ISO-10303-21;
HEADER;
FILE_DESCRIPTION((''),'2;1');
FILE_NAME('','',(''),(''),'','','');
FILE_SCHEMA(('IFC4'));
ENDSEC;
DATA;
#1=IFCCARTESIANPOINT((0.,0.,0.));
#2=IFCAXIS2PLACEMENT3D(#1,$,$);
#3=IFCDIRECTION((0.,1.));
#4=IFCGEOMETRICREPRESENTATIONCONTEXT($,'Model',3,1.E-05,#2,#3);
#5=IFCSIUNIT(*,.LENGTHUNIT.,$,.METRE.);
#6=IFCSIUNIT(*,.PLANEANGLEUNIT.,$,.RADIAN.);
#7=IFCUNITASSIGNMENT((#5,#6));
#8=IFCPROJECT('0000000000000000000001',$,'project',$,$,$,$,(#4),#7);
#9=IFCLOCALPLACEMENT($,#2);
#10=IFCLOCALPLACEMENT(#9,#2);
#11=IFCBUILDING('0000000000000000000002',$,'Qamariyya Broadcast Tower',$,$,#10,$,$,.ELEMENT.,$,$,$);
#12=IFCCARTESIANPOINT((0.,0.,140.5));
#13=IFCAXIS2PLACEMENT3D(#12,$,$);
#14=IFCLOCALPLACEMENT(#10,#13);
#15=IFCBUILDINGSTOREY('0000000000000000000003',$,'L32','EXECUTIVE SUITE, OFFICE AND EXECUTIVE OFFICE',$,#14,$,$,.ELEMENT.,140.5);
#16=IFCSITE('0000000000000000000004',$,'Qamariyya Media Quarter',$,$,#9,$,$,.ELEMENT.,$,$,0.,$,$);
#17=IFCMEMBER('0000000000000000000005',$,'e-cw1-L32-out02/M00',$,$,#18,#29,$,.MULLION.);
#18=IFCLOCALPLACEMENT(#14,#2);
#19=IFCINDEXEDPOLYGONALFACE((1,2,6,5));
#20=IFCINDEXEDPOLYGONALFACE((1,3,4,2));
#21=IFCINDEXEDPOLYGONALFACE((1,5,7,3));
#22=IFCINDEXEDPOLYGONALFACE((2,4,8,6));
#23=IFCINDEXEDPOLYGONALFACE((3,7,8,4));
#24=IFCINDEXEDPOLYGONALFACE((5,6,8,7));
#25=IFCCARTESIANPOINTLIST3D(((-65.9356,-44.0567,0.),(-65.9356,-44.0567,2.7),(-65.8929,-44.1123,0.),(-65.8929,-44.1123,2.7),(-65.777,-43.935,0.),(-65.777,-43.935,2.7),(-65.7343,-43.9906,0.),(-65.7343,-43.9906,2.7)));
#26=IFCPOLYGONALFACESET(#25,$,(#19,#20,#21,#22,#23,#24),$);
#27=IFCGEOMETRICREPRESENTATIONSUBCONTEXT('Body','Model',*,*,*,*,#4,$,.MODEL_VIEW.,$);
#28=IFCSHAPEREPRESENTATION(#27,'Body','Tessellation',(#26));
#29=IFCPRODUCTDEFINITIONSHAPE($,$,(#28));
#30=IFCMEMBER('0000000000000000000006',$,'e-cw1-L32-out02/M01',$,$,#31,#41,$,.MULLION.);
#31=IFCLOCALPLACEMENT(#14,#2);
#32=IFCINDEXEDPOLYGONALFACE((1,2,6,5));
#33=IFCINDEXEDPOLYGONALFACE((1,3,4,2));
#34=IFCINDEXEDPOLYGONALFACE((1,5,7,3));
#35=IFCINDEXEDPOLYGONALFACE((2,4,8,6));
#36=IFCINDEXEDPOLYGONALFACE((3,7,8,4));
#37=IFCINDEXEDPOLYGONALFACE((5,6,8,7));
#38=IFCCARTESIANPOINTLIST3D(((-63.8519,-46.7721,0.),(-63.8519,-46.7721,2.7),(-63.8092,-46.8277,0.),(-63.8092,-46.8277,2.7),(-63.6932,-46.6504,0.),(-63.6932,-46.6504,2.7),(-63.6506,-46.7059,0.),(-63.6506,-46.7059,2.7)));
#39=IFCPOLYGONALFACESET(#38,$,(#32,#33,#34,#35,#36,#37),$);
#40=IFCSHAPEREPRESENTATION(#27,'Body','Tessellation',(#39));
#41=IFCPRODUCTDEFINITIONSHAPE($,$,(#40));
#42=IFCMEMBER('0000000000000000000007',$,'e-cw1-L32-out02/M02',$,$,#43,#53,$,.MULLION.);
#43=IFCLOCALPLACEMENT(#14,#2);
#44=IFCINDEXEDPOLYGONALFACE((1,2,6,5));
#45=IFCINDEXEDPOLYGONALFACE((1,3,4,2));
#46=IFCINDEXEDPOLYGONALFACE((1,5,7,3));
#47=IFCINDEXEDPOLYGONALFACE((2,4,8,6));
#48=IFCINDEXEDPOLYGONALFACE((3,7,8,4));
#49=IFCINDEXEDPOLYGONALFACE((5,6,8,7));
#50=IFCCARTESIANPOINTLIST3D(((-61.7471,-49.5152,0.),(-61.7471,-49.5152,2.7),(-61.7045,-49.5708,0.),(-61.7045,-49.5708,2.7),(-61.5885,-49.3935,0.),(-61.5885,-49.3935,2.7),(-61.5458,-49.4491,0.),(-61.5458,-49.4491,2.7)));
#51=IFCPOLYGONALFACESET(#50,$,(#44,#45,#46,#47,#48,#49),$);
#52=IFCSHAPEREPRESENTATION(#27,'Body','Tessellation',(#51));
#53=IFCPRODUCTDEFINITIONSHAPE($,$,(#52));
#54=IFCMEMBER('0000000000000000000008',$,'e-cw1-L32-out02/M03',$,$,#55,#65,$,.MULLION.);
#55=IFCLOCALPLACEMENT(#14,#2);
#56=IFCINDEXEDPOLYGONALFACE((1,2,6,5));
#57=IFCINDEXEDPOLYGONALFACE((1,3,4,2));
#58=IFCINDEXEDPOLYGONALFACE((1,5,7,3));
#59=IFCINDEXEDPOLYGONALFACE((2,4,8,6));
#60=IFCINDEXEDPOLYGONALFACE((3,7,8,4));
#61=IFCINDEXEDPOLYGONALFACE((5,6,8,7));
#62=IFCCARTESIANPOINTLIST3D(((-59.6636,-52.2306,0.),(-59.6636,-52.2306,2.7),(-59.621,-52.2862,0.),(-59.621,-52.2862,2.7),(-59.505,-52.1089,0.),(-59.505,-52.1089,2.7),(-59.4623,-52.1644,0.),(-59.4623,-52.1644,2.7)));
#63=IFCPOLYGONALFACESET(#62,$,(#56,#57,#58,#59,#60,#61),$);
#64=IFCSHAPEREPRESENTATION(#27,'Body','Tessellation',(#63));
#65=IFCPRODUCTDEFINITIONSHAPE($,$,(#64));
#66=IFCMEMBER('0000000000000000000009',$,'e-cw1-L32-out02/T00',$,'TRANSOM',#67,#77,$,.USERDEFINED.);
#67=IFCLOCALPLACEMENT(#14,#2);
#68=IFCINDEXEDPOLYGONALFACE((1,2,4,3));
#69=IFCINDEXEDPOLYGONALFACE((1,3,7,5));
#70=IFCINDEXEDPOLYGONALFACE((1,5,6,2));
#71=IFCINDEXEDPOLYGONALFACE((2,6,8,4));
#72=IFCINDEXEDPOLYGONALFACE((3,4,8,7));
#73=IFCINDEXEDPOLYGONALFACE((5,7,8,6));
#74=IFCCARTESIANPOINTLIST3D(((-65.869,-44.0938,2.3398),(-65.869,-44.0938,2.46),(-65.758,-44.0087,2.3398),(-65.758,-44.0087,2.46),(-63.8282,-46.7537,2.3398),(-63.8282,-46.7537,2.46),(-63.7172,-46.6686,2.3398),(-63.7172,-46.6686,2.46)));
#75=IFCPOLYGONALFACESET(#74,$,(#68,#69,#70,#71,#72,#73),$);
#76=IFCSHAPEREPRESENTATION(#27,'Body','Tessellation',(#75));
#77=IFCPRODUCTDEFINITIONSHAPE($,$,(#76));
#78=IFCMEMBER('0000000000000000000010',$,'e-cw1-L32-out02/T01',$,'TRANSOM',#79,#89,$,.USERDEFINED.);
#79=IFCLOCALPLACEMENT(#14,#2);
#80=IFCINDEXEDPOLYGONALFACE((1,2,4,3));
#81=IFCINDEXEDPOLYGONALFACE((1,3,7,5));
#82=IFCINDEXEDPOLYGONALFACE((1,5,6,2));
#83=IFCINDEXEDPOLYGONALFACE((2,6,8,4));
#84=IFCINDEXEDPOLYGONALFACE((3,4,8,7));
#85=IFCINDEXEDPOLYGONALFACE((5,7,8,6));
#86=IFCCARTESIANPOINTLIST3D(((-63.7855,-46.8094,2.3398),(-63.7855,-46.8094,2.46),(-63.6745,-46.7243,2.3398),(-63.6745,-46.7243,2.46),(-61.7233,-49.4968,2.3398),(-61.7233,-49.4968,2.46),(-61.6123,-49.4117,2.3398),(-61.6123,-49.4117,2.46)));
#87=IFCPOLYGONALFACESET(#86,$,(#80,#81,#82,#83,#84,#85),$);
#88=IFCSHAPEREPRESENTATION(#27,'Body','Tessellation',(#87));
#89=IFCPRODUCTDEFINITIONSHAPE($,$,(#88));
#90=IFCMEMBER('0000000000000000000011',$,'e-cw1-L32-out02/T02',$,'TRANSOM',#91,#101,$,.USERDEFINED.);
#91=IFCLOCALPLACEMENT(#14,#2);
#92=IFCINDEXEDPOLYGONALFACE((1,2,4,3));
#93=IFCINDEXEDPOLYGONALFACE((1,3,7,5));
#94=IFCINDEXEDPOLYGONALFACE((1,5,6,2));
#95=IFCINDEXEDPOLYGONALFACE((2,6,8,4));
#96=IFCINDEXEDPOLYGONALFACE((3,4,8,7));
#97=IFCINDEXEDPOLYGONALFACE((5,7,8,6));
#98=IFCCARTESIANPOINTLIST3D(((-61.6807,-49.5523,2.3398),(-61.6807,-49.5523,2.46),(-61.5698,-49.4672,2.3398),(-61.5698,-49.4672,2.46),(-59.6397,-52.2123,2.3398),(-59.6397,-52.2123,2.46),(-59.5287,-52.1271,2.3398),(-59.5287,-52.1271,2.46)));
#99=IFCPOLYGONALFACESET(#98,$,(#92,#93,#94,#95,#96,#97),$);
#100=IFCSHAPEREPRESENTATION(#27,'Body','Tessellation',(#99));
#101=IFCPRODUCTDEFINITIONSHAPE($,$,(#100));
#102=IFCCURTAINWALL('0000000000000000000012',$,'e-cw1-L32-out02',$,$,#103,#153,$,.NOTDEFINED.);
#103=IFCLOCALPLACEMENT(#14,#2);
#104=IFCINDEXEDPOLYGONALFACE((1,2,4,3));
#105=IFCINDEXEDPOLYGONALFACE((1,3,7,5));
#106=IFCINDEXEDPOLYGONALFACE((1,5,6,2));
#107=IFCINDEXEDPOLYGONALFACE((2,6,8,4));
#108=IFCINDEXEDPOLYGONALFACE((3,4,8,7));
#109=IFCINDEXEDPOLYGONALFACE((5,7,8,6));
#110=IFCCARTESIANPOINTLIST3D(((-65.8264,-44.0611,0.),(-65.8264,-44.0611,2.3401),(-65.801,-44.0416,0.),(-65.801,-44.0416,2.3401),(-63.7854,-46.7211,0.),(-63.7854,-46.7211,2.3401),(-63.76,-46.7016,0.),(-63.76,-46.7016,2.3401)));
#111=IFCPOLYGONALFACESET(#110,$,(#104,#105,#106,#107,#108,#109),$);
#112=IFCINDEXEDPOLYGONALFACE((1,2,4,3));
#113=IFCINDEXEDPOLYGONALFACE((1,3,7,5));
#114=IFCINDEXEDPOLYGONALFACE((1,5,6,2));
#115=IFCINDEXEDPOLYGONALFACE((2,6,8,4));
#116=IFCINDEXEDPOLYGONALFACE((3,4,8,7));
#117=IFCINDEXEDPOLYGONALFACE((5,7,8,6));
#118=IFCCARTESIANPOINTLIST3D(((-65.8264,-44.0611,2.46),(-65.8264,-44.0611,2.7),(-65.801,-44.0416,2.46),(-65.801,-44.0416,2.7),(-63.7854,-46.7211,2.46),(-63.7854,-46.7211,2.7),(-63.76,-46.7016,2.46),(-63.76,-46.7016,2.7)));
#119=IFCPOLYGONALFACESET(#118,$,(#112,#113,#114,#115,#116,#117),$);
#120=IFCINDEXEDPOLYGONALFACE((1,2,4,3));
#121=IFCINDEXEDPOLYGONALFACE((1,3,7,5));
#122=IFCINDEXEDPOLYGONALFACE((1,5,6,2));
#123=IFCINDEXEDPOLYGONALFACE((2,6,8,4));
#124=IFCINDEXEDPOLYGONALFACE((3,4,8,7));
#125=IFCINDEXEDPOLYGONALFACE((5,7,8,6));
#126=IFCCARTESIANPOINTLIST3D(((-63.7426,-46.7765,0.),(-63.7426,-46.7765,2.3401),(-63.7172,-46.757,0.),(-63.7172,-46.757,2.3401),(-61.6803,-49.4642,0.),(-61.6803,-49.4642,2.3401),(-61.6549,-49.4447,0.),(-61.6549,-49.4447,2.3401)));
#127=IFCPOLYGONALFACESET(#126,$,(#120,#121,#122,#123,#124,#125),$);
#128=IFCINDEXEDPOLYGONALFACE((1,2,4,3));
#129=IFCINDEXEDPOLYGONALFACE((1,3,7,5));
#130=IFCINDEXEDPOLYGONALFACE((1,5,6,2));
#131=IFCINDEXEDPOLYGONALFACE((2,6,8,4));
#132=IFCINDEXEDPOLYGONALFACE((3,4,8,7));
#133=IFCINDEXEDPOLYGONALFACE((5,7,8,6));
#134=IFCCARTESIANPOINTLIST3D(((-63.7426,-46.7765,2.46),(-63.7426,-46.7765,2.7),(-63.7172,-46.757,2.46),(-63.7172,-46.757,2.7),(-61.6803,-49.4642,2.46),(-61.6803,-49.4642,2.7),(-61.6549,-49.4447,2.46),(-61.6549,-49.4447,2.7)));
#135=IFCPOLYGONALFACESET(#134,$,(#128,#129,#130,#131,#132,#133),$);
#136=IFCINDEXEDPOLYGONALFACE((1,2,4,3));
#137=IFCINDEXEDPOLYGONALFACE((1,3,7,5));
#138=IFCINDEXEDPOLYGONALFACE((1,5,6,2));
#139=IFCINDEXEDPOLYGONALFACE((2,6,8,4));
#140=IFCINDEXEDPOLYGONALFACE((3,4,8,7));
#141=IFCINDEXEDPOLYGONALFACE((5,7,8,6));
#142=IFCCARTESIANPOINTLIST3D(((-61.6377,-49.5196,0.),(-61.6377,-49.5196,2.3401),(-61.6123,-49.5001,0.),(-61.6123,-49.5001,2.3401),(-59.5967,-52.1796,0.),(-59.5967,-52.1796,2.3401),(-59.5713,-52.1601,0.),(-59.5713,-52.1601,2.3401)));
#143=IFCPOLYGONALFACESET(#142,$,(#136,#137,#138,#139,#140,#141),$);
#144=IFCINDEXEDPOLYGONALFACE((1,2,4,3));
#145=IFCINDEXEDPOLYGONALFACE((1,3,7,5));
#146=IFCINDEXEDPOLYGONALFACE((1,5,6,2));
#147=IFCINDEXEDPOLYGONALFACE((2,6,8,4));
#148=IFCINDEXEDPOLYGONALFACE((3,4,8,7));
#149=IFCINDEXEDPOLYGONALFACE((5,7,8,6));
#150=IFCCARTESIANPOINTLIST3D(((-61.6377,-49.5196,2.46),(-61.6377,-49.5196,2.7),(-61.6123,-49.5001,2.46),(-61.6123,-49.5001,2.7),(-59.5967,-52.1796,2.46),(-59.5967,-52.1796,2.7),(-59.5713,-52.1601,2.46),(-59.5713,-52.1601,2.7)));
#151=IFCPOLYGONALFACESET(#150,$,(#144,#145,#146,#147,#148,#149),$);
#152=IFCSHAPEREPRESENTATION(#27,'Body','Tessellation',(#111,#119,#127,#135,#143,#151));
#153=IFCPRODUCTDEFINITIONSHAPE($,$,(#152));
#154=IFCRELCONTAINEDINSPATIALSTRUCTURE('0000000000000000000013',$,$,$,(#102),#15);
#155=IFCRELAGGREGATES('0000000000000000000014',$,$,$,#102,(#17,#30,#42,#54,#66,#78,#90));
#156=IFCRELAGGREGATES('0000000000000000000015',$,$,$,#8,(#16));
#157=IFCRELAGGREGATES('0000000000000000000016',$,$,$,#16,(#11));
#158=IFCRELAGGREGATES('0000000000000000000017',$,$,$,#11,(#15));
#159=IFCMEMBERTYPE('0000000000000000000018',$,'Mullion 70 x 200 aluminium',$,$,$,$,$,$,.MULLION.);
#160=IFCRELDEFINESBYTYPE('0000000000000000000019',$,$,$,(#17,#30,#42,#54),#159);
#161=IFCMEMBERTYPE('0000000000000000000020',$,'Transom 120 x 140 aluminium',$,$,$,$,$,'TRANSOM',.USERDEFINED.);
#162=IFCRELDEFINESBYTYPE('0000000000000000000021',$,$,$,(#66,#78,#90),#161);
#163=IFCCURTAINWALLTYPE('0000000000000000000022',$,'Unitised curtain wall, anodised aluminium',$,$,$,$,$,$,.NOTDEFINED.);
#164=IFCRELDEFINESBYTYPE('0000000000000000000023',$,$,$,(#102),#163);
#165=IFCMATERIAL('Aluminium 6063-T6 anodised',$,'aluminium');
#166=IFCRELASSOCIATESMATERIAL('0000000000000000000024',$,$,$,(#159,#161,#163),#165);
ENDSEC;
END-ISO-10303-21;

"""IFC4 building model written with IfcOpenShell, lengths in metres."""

from ifc_helpers import new_model, si_unit, direction, frame, origin, origin_2d, place, context, subcontext, project, spatial, rectangle, extrude, material, material_profile, profile_set, type_object, element, aggregate, save


model = new_model("IFC4")

# Units and contexts
model_context = context("Model", 3, precision=1e-05, world=origin(), true_north=direction((0.0, 1.0)))
body_context = subcontext(model_context, "Body", "Model", "MODEL_VIEW")
ifc_project = project(units=[si_unit("LENGTHUNIT", "METRE"), si_unit("PLANEANGLEUNIT", "RADIAN")], contexts=[model_context])

# Members
ifc_material = material(Name="Aluminium 6063-T6 anodised", Category="aluminium")
ifc_material_profile_1 = material_profile(ifc_material, rectangle(XDim=0.2, YDim=0.0701, at=origin_2d()))
ifc_profile_set_1 = profile_set([ifc_material_profile_1], Name="Aluminium 6063-T6 anodised")
member_type_1 = type_object("IfcMemberType", Name="Mullion 70 x 200 aluminium", PredefinedType="MULLION", material=ifc_profile_set_1)
site_placement = place(None, origin())
building_placement = place(site_placement, origin())
storey_placement = place(building_placement, frame((0.0, 0.0, 140.5)))
member_1_placement = place(storey_placement, frame((-65.835, -44.0237, 0.0), z_axis=(0.0, 0.0, 1.0), x_axis=(0.793353, 0.608761, 0.0)))
member_1 = element("IfcMember", 1, at=member_1_placement, type_object=member_type_1, Name="e-cw1-L32-out02/M00", PredefinedType="MULLION", context=body_context, shape_type="SweptSolid", body=[
    extrude(rectangle(XDim=0.2, YDim=0.0701, at=origin_2d()), origin(), (0.0, 0.0, 1.0), 2.7),
])
member_2_placement = place(storey_placement, frame((-63.7512, -46.739, 0.0), z_axis=(0.0, 0.0, 1.0), x_axis=(0.793353, 0.608761, 0.0)))
member_2 = element("IfcMember", 2, at=member_2_placement, type_object=member_type_1, Name="e-cw1-L32-out02/M01", PredefinedType="MULLION", context=body_context, shape_type="SweptSolid", body=[
    extrude(rectangle(XDim=0.2, YDim=0.0701, at=origin_2d()), origin(), (0.0, 0.0, 1.0), 2.7),
])
member_3_placement = place(storey_placement, frame((-61.6465, -49.4822, 0.0), z_axis=(0.0, 0.0, 1.0), x_axis=(0.793353, 0.608761, 0.0)))
member_3 = element("IfcMember", 3, at=member_3_placement, type_object=member_type_1, Name="e-cw1-L32-out02/M02", PredefinedType="MULLION", context=body_context, shape_type="SweptSolid", body=[
    extrude(rectangle(XDim=0.2, YDim=0.0701, at=origin_2d()), origin(), (0.0, 0.0, 1.0), 2.7),
])
member_4_placement = place(storey_placement, frame((-59.563, -52.1975, 0.0), z_axis=(0.0, 0.0, 1.0), x_axis=(0.793353, 0.608761, 0.0)))
member_4 = element("IfcMember", 4, at=member_4_placement, type_object=member_type_1, Name="e-cw1-L32-out02/M03", PredefinedType="MULLION", context=body_context, shape_type="SweptSolid", body=[
    extrude(rectangle(XDim=0.2, YDim=0.0701, at=origin_2d()), origin(), (0.0, 0.0, 1.0), 2.7),
])
ifc_material_profile_2 = material_profile(ifc_material, rectangle(XDim=0.1399, YDim=0.1201, at=origin_2d()))
ifc_profile_set_2 = profile_set([ifc_material_profile_2], Name="Aluminium 6063-T6 anodised")
member_type_2 = type_object("IfcMemberType", Name="Transom 120 x 140 aluminium", ElementType="TRANSOM", PredefinedType="USERDEFINED", material=ifc_profile_set_2)
member_5_placement = place(storey_placement, frame((-65.8135, -44.0513, 2.3999), z_axis=(0.608714, -0.793389, 0.0), x_axis=(0.793389, 0.608714, 0.0)))
member_5 = element("IfcMember", 5, at=member_5_placement, type_object=member_type_2, Name="e-cw1-L32-out02/T00", ObjectType="TRANSOM", PredefinedType="USERDEFINED", context=body_context, shape_type="SweptSolid", body=[
    extrude(rectangle(XDim=0.1399, YDim=0.1201, at=origin_2d()), origin(), (0.0, 0.0, 1.0), 3.3525),
])
member_6_placement = place(storey_placement, frame((-63.73, -46.7668, 2.3999), z_axis=(0.608773, -0.793344, 0.0), x_axis=(0.793344, 0.608773, 0.0)))
member_6 = element("IfcMember", 6, at=member_6_placement, type_object=member_type_2, Name="e-cw1-L32-out02/T01", ObjectType="TRANSOM", PredefinedType="USERDEFINED", context=body_context, shape_type="SweptSolid", body=[
    extrude(rectangle(XDim=0.1399, YDim=0.1201, at=origin_2d()), origin(), (0.0, 0.0, 1.0), 3.3875),
])
member_7_placement = place(storey_placement, frame((-61.6252, -49.5098, 2.3999), z_axis=(0.60876, -0.793354, 0.0), x_axis=(0.793354, 0.60876, 0.0)))
member_7 = element("IfcMember", 7, at=member_7_placement, type_object=member_type_2, Name="e-cw1-L32-out02/T02", ObjectType="TRANSOM", PredefinedType="USERDEFINED", context=body_context, shape_type="SweptSolid", body=[
    extrude(rectangle(XDim=0.1399, YDim=0.1201, at=origin_2d()), origin(), (0.0, 0.0, 1.0), 3.3528),
])

# Site, building, storey
site = spatial("IfcSite", under=ifc_project, at=site_placement, Name="Qamariyya Media Quarter", CompositionType="ELEMENT", RefElevation=0.0)
building = spatial("IfcBuilding", under=site, at=building_placement, Name="Qamariyya Broadcast Tower", CompositionType="ELEMENT")
storey = spatial("IfcBuildingStorey", under=building, at=storey_placement, Name="L32", Description="EXECUTIVE SUITE, OFFICE AND EXECUTIVE OFFICE", CompositionType="ELEMENT", Elevation=140.5)

# Curtain wall
curtain_wall_type = type_object("IfcCurtainWallType", Name="Unitised curtain wall, anodised aluminium", PredefinedType="NOTDEFINED", material=ifc_material)
curtain_wall_1_placement = place(storey_placement, origin())
curtain_wall_1 = element("IfcCurtainWall", 8, at=curtain_wall_1_placement, inside=storey, type_object=curtain_wall_type, Name="e-cw1-L32-out02", PredefinedType="NOTDEFINED", context=body_context, shape_type="SweptSolid", body=[
    extrude(rectangle(XDim=3.3528, YDim=0.032, at=origin_2d()), frame((-64.7932, -45.3813, 0.0), x_axis=(0.608761, -0.793354, 0.0)), (0.0, 0.0, 1.0), 2.3401),
    extrude(rectangle(XDim=3.3528, YDim=0.032, at=origin_2d()), frame((-64.7932, -45.3813, 2.46), x_axis=(0.608761, -0.793354, 0.0)), (0.0, 0.0, 1.0), 0.24),
    extrude(rectangle(XDim=3.3877, YDim=0.032, at=origin_2d()), frame((-62.6987, -48.1106, 0.0), x_axis=(0.608761, -0.793354, 0.0)), (0.0, 0.0, 1.0), 2.3401),
    extrude(rectangle(XDim=3.3877, YDim=0.032, at=origin_2d()), frame((-62.6987, -48.1106, 2.46), x_axis=(0.608761, -0.793354, 0.0)), (0.0, 0.0, 1.0), 0.24),
    extrude(rectangle(XDim=3.3528, YDim=0.032, at=origin_2d()), frame((-60.6045, -50.8398, 0.0), x_axis=(0.608761, -0.793354, 0.0)), (0.0, 0.0, 1.0), 2.3401),
    extrude(rectangle(XDim=3.3528, YDim=0.032, at=origin_2d()), frame((-60.6045, -50.8398, 2.46), x_axis=(0.608761, -0.793354, 0.0)), (0.0, 0.0, 1.0), 0.24),
])
aggregate(curtain_wall_1, [member_1, member_2, member_3, member_4, member_5, member_6, member_7])

save(model, "model.ifc")
